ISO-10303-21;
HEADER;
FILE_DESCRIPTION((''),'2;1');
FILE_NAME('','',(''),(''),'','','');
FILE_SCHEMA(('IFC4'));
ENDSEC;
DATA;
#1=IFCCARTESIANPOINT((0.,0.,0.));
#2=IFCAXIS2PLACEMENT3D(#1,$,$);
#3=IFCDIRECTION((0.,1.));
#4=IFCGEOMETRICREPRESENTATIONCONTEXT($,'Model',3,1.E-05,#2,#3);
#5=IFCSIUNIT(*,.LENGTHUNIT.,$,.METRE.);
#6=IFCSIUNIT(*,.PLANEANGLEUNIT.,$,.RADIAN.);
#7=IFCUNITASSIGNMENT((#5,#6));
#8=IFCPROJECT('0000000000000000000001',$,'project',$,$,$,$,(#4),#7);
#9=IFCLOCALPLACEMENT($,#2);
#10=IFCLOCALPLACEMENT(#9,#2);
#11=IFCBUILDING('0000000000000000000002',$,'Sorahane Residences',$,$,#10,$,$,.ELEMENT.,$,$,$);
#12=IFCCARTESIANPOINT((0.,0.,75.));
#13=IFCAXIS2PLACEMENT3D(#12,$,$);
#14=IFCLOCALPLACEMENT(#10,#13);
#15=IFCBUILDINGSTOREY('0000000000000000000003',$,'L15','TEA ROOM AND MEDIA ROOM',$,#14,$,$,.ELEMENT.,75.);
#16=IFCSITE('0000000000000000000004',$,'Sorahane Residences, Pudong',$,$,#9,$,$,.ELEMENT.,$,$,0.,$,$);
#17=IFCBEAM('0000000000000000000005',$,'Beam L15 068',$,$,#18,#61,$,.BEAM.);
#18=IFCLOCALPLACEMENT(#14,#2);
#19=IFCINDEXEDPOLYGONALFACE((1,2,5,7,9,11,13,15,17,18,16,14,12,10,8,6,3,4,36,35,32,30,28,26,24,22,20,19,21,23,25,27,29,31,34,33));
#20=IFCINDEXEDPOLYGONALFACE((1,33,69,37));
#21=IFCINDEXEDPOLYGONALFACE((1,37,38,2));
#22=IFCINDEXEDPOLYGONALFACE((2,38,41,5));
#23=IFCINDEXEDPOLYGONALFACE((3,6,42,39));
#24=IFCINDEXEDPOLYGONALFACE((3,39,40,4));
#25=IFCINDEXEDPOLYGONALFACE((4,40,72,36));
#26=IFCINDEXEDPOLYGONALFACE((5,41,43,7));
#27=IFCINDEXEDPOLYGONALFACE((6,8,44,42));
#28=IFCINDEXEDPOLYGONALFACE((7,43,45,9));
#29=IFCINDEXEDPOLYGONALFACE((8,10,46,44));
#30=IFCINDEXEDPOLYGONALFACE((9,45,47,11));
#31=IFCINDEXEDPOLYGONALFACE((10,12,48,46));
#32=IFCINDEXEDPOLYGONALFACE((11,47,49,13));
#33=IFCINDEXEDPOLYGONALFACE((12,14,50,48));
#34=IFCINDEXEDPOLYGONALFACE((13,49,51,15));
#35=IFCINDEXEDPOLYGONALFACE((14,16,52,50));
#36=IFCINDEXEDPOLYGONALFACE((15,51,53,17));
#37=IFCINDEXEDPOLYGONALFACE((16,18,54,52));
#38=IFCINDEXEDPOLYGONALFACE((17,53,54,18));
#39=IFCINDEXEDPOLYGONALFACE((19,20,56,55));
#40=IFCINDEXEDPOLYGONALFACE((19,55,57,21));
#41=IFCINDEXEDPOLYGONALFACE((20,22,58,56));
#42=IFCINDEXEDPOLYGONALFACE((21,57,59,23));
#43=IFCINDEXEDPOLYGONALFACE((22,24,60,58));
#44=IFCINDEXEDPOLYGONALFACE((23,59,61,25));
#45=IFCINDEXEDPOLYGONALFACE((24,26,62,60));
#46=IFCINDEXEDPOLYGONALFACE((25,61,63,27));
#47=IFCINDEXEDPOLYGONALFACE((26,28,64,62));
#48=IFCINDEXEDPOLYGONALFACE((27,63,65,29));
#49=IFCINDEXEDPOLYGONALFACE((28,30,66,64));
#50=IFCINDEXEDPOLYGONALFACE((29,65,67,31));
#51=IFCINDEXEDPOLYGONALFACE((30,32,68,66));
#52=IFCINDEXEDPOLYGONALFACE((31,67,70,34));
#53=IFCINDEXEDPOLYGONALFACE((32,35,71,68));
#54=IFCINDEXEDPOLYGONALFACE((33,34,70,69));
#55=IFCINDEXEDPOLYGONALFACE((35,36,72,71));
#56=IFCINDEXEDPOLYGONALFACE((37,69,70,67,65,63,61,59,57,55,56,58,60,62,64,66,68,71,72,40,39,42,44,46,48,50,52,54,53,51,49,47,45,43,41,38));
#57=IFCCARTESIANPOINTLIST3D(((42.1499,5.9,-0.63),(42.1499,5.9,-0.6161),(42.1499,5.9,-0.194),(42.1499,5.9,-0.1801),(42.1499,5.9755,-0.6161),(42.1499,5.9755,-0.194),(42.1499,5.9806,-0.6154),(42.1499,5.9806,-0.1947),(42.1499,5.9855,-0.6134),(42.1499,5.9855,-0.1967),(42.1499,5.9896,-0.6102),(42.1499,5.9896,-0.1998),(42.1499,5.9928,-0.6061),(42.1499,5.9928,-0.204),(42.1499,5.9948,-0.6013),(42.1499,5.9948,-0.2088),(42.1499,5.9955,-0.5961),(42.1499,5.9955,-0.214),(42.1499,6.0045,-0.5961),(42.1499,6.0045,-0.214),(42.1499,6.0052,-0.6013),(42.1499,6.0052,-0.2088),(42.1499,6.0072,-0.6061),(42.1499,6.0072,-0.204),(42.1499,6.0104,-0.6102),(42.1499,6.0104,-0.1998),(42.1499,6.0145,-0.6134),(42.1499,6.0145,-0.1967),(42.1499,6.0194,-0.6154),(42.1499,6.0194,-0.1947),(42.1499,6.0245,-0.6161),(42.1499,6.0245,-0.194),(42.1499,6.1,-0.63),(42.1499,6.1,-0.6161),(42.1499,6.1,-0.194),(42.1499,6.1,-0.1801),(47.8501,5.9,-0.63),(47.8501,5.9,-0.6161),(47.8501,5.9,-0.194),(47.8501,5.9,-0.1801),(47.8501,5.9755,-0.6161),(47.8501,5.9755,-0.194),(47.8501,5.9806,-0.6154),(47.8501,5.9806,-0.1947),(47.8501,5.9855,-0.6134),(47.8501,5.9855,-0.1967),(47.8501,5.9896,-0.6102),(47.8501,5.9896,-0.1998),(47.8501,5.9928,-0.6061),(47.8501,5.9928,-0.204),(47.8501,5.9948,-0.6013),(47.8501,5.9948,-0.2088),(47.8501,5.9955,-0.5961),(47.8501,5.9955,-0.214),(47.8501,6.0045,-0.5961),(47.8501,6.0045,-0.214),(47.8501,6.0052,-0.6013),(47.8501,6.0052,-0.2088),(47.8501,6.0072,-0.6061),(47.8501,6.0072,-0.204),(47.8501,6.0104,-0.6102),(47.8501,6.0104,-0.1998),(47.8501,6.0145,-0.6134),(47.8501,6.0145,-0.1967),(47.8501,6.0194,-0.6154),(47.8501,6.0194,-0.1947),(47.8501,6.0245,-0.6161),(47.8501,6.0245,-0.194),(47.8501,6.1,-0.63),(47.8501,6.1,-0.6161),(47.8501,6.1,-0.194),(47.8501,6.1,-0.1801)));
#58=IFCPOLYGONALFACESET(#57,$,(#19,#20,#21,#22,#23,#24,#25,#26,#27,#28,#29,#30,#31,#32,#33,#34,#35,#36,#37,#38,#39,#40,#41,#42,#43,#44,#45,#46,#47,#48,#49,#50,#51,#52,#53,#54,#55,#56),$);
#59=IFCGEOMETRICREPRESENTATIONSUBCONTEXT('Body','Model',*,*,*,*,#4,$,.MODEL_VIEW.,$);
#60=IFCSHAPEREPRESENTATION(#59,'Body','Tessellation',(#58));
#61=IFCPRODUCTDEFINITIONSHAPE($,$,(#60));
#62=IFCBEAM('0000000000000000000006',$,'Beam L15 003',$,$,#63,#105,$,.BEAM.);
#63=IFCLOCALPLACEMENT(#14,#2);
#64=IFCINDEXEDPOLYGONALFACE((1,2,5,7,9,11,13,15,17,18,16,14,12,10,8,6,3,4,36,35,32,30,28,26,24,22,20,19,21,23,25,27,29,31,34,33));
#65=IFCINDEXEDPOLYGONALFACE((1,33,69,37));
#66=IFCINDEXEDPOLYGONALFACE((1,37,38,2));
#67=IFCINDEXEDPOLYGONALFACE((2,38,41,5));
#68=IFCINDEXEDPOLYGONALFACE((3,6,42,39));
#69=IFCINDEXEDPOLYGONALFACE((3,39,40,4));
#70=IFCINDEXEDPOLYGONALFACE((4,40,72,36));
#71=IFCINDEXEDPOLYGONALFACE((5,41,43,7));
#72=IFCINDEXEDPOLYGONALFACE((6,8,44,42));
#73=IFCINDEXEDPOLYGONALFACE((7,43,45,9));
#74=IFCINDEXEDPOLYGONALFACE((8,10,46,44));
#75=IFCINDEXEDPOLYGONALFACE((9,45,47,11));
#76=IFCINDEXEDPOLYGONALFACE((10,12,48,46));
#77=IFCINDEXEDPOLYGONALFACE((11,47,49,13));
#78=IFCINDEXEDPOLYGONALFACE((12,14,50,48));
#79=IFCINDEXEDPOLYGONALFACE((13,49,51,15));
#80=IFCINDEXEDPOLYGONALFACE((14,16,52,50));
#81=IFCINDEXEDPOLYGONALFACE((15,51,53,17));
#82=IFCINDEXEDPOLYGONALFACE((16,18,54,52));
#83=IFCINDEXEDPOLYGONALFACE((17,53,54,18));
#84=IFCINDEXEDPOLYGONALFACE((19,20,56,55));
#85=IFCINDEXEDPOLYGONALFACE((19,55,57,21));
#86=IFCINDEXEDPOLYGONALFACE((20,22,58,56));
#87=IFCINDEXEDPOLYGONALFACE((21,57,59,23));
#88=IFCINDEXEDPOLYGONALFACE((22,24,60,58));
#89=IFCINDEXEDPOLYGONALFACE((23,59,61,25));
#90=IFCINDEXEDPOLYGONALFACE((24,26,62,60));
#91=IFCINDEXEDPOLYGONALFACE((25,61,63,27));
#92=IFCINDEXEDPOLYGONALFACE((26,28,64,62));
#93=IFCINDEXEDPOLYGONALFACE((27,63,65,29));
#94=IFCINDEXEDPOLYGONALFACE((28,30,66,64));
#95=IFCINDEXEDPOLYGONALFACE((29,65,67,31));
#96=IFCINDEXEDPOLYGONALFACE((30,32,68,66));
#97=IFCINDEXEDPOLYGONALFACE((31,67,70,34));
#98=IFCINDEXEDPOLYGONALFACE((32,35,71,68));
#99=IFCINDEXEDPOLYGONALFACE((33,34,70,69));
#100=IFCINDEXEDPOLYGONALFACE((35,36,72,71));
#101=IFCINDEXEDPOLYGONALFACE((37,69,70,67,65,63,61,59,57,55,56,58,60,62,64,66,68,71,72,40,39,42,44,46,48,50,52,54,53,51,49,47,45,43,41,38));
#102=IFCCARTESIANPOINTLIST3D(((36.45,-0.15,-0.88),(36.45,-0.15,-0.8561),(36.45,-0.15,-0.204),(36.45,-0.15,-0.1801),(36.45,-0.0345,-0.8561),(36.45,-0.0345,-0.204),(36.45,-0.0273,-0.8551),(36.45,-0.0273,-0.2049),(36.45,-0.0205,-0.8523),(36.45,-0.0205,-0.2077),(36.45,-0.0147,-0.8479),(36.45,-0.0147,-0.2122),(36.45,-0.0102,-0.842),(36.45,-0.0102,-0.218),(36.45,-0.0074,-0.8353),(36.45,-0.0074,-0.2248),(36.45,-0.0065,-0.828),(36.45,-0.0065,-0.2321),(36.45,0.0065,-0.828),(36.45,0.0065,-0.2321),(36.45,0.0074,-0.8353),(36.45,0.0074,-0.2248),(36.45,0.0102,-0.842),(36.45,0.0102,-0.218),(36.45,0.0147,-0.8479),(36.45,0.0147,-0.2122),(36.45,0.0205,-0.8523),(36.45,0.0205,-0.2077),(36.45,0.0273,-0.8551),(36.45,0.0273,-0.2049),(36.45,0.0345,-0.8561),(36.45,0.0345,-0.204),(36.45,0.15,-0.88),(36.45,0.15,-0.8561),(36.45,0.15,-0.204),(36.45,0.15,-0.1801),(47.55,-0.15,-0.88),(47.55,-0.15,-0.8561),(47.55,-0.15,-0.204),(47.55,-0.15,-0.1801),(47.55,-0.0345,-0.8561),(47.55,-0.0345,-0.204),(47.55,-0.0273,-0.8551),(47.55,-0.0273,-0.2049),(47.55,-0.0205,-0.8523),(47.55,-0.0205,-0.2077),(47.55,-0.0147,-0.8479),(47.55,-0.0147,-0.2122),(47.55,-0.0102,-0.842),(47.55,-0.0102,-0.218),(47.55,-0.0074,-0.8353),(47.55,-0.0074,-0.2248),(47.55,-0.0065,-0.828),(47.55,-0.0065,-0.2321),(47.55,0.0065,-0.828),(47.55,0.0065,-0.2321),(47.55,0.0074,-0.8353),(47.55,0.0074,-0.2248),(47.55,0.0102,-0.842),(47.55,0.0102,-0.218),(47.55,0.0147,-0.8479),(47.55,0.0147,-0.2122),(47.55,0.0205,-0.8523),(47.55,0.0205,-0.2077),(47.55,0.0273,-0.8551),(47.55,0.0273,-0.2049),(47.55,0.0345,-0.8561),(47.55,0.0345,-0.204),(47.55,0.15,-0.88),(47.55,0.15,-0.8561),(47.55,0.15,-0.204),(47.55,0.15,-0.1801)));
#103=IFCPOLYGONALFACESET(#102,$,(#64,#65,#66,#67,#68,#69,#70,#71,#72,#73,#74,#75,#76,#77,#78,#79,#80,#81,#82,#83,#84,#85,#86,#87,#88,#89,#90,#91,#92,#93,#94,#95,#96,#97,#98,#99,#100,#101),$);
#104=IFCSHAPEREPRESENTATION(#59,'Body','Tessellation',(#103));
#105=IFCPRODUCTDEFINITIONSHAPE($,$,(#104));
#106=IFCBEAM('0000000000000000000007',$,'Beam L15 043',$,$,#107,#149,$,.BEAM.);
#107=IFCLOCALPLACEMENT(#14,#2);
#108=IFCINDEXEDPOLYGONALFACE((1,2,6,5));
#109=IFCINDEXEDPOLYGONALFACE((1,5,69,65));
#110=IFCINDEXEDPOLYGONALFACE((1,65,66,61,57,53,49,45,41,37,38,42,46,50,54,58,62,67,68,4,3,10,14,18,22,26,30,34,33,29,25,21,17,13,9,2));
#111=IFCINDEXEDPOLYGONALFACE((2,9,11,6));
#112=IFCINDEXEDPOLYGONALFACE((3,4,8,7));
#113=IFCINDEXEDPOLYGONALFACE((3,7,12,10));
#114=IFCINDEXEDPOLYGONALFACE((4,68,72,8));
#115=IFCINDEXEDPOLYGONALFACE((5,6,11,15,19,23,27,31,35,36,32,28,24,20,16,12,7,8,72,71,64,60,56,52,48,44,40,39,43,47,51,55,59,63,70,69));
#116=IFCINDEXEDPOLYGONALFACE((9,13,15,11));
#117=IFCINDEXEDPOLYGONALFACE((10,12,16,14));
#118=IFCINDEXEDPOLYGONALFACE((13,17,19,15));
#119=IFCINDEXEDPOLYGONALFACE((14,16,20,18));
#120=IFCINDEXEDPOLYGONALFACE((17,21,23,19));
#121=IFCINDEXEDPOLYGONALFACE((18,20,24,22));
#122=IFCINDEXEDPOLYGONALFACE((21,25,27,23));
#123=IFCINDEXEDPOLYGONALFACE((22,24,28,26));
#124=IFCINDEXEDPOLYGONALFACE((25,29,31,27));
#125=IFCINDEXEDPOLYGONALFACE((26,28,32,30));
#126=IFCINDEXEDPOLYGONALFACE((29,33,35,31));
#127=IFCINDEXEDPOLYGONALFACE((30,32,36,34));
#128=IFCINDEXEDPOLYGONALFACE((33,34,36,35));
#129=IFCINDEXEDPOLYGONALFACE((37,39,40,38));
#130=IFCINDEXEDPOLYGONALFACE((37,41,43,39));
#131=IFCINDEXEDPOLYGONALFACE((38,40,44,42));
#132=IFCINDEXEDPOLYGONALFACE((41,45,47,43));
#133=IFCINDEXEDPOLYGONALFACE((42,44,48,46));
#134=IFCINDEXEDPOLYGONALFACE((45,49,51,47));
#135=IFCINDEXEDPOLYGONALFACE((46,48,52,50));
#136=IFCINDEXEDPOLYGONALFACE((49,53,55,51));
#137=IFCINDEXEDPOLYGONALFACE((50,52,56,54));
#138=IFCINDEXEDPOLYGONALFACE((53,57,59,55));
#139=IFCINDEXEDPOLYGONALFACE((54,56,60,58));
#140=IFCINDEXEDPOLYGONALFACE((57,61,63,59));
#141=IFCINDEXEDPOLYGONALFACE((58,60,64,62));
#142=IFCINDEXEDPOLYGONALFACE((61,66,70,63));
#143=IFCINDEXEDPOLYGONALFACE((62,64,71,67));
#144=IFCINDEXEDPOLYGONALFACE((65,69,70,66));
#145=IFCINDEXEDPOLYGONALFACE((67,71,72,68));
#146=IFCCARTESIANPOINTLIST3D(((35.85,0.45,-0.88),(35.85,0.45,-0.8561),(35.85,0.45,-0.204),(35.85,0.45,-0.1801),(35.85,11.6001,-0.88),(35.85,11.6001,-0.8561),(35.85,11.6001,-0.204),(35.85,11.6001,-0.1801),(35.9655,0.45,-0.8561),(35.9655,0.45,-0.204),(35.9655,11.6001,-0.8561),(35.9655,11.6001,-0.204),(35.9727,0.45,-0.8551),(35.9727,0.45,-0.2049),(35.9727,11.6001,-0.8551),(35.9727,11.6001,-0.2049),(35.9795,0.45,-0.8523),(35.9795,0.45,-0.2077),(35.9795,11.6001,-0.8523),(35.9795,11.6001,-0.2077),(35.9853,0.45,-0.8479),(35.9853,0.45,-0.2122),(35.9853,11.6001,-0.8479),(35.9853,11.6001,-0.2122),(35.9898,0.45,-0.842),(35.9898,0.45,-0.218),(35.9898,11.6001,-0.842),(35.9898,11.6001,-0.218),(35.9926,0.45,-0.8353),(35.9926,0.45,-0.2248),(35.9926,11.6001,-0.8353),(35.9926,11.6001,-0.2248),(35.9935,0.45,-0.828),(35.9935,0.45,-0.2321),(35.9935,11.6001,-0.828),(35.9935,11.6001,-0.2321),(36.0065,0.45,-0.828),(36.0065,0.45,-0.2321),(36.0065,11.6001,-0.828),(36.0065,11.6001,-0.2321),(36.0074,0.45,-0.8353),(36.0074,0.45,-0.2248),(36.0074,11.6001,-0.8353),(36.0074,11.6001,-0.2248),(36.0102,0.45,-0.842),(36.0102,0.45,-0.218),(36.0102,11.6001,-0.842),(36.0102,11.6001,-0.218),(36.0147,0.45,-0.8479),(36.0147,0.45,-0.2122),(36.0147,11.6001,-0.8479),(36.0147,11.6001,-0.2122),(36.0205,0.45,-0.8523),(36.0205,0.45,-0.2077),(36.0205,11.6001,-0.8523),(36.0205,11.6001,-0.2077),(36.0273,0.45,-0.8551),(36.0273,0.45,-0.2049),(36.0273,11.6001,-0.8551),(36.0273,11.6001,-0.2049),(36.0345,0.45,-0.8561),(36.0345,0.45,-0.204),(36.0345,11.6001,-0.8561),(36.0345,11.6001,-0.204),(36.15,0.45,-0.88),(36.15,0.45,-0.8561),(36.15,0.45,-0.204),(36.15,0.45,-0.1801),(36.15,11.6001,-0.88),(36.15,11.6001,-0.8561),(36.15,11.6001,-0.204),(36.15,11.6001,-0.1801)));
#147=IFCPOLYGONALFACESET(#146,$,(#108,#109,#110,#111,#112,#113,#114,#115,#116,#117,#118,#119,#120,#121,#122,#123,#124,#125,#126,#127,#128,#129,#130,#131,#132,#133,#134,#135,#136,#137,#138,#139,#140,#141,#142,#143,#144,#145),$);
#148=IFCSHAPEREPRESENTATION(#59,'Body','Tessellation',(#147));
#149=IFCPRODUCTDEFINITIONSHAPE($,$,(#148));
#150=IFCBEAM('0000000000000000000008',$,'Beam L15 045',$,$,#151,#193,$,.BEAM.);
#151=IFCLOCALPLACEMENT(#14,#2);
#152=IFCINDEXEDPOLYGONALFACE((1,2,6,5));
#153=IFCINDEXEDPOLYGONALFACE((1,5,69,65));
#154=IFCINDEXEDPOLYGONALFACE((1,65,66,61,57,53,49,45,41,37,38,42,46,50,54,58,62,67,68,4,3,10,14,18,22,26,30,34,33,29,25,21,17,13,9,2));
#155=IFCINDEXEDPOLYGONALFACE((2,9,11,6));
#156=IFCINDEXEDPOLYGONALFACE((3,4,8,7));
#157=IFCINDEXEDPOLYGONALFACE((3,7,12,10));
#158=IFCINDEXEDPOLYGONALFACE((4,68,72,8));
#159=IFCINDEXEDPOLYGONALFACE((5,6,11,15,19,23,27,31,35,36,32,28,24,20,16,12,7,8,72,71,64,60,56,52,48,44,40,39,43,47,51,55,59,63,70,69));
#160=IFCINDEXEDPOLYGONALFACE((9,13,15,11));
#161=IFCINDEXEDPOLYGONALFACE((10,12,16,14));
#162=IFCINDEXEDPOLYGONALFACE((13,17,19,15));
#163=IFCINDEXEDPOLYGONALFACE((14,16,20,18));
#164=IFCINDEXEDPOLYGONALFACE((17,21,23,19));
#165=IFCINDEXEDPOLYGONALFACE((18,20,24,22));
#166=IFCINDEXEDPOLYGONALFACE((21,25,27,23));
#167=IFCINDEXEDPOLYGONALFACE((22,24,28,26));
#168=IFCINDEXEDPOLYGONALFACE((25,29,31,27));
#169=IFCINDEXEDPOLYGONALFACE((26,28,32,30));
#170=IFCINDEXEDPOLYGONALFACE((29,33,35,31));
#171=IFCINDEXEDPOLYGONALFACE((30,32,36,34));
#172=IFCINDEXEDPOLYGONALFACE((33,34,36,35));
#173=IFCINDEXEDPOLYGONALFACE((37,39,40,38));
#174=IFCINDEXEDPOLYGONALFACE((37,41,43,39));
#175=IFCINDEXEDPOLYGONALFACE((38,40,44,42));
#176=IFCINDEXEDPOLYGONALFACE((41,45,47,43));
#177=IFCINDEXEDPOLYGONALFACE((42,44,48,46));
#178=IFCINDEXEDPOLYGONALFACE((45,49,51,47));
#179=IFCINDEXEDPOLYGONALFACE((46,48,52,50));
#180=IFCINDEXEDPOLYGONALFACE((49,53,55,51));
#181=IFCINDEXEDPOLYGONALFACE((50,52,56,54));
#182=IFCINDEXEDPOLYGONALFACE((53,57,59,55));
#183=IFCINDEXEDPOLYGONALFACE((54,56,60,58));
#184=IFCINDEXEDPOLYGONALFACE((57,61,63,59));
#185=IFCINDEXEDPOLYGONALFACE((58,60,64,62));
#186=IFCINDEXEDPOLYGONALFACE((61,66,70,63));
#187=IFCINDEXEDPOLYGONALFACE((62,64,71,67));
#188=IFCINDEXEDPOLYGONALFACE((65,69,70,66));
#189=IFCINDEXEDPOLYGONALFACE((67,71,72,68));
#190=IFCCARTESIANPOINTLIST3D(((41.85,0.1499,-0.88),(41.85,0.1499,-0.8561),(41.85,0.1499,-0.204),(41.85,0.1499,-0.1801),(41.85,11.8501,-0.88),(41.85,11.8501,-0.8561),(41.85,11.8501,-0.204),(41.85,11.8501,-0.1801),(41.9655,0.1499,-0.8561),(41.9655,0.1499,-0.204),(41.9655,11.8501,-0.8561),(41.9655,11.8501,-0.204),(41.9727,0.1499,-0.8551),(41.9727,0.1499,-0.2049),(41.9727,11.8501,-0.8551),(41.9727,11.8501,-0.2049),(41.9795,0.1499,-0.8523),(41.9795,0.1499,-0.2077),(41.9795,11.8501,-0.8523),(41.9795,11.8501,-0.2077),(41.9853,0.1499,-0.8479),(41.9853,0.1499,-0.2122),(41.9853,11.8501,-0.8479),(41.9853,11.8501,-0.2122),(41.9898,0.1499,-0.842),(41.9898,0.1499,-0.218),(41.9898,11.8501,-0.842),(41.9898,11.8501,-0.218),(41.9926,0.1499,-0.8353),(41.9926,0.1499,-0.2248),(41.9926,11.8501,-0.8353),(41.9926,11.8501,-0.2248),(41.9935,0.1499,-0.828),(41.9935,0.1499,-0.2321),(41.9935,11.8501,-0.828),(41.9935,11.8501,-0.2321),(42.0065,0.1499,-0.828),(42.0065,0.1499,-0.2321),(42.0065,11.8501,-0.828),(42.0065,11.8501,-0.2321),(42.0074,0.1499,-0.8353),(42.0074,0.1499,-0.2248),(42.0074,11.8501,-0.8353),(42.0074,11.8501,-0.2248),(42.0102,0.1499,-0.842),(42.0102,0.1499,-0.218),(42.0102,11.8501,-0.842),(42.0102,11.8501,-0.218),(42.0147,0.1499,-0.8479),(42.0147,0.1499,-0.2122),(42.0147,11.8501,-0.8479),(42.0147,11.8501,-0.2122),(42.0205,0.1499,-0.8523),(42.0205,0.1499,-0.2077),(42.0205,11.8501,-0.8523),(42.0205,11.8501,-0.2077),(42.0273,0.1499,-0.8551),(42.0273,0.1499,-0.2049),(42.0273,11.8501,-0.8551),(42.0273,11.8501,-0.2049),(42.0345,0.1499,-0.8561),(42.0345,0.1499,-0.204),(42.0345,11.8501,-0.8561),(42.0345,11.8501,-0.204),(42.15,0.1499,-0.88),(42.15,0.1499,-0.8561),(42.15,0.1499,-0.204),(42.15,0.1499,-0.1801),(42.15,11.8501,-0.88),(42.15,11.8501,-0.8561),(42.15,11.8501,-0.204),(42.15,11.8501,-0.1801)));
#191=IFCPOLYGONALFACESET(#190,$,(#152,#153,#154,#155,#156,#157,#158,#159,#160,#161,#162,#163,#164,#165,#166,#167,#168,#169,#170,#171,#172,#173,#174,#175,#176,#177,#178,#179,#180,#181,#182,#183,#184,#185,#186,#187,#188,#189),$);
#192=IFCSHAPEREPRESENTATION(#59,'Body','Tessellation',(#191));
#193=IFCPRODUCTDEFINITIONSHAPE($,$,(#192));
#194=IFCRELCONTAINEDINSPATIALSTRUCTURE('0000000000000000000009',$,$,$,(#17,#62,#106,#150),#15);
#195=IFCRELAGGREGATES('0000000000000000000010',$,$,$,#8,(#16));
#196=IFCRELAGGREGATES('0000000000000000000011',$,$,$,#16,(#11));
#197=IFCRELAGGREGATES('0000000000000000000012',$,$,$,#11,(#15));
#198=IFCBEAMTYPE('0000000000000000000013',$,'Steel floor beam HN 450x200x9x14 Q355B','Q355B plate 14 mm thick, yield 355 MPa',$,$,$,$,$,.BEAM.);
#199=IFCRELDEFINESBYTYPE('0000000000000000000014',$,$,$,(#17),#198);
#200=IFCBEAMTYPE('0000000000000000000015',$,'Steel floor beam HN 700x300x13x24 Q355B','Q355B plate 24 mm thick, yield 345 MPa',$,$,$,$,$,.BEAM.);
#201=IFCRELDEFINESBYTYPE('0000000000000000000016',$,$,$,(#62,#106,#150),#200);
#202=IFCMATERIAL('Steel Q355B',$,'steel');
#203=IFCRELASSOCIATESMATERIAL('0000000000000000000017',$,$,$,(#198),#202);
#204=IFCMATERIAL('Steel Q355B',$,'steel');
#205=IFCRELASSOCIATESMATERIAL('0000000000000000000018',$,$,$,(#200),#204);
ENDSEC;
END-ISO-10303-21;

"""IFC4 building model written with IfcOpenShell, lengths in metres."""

from ifc_helpers import new_model, si_unit, direction, frame, origin, origin_2d, place, context, subcontext, project, spatial, i_section, extrude, material, material_profile, profile_set, type_object, element, save


model = new_model("IFC4")

# Units and contexts
model_context = context("Model", 3, precision=1e-05, world=origin(), true_north=direction((0.0, 1.0)))
body_context = subcontext(model_context, "Body", "Model", "MODEL_VIEW")
ifc_project = project(units=[si_unit("LENGTHUNIT", "METRE"), si_unit("PLANEANGLEUNIT", "RADIAN")], contexts=[model_context])

# Site, building, storey
site_placement = place(None, origin())
site = spatial("IfcSite", under=ifc_project, at=site_placement, Name="Sorahane Residences, Pudong", CompositionType="ELEMENT", RefElevation=0.0)
building_placement = place(site_placement, origin())
building = spatial("IfcBuilding", under=site, at=building_placement, Name="Sorahane Residences", CompositionType="ELEMENT")
storey_placement = place(building_placement, frame((0.0, 0.0, 75.0)))
storey = spatial("IfcBuildingStorey", under=building, at=storey_placement, Name="L15", Description="TEA ROOM AND MEDIA ROOM", CompositionType="ELEMENT", Elevation=75.0)

# Beams
ifc_material_1 = material(Name="Steel Q355B", Category="steel")
ifc_material_profile_1 = material_profile(ifc_material_1, i_section(OverallWidth=0.2, OverallDepth=0.45, WebThickness=0.009, FlangeThickness=0.0139, FilletRadius=0.02, at=origin_2d()), Name="HN 450x200x9x14")
ifc_profile_set_1 = profile_set([ifc_material_profile_1], Name="Steel Q355B")
beam_type_1 = type_object("IfcBeamType", Name="Steel floor beam HN 450x200x9x14 Q355B", Description="Q355B plate 14 mm thick, yield 355 MPa", PredefinedType="BEAM", material=ifc_profile_set_1)
for number, where, z_axis, x_axis, name in (
    (1, (42.1499, 6.0, -0.405), (1.0, 0.0, 0.0), (0.0, 1.0, 0.0), "Beam L15 068"),
):
    element("IfcBeam", number, at=place(storey_placement, frame(where, z_axis=z_axis, x_axis=x_axis)), inside=storey, type_object=beam_type_1, Name=name, PredefinedType="BEAM", context=body_context, shape_type="SweptSolid", body=[
        extrude(i_section(OverallWidth=0.2, OverallDepth=0.45, WebThickness=0.009, FlangeThickness=0.0139, FilletRadius=0.02, at=origin_2d()), origin(), (0.0, 0.0, 1.0), 5.7002),
    ])
ifc_material_2 = material(Name="Steel Q355B", Category="steel")
ifc_material_profile_2 = material_profile(ifc_material_2, i_section(OverallWidth=0.3, OverallDepth=0.7, WebThickness=0.0129, FlangeThickness=0.0239, FilletRadius=0.0281, at=origin_2d()), Name="HN 700x300x13x24")
ifc_profile_set_2 = profile_set([ifc_material_profile_2], Name="Steel Q355B")
beam_type_2 = type_object("IfcBeamType", Name="Steel floor beam HN 700x300x13x24 Q355B", Description="Q355B plate 24 mm thick, yield 345 MPa", PredefinedType="BEAM", material=ifc_profile_set_2)
beam_1_placement = place(storey_placement, frame((36.45, 0.0, -0.53), z_axis=(1.0, 0.0, 0.0), x_axis=(0.0, 1.0, 0.0)))
element("IfcBeam", 2, at=beam_1_placement, inside=storey, type_object=beam_type_2, Name="Beam L15 003", PredefinedType="BEAM", context=body_context, shape_type="SweptSolid", body=[
    extrude(i_section(OverallWidth=0.3, OverallDepth=0.7, WebThickness=0.0129, FlangeThickness=0.0239, FilletRadius=0.0281, at=origin_2d()), origin(), (0.0, 0.0, 1.0), 11.1001),
])
beam_2_placement = place(storey_placement, frame((36.0, 0.45, -0.53), z_axis=(0.0, 1.0, 0.0), x_axis=(-1.0, 0.0, 0.0)))
element("IfcBeam", 3, at=beam_2_placement, inside=storey, type_object=beam_type_2, Name="Beam L15 043", PredefinedType="BEAM", context=body_context, shape_type="SweptSolid", body=[
    extrude(i_section(OverallWidth=0.3, OverallDepth=0.7, WebThickness=0.0129, FlangeThickness=0.0239, FilletRadius=0.0281, at=origin_2d()), origin(), (0.0, 0.0, 1.0), 11.1501),
])
beam_3_placement = place(storey_placement, frame((42.0, 0.1499, -0.53), z_axis=(0.0, 1.0, 0.0), x_axis=(-1.0, 0.0, 0.0)))
element("IfcBeam", 4, at=beam_3_placement, inside=storey, type_object=beam_type_2, Name="Beam L15 045", PredefinedType="BEAM", context=body_context, shape_type="SweptSolid", body=[
    extrude(i_section(OverallWidth=0.3, OverallDepth=0.7, WebThickness=0.0129, FlangeThickness=0.0239, FilletRadius=0.0281, at=origin_2d()), origin(), (0.0, 0.0, 1.0), 11.7002),
])

save(model, "model.ifc")
